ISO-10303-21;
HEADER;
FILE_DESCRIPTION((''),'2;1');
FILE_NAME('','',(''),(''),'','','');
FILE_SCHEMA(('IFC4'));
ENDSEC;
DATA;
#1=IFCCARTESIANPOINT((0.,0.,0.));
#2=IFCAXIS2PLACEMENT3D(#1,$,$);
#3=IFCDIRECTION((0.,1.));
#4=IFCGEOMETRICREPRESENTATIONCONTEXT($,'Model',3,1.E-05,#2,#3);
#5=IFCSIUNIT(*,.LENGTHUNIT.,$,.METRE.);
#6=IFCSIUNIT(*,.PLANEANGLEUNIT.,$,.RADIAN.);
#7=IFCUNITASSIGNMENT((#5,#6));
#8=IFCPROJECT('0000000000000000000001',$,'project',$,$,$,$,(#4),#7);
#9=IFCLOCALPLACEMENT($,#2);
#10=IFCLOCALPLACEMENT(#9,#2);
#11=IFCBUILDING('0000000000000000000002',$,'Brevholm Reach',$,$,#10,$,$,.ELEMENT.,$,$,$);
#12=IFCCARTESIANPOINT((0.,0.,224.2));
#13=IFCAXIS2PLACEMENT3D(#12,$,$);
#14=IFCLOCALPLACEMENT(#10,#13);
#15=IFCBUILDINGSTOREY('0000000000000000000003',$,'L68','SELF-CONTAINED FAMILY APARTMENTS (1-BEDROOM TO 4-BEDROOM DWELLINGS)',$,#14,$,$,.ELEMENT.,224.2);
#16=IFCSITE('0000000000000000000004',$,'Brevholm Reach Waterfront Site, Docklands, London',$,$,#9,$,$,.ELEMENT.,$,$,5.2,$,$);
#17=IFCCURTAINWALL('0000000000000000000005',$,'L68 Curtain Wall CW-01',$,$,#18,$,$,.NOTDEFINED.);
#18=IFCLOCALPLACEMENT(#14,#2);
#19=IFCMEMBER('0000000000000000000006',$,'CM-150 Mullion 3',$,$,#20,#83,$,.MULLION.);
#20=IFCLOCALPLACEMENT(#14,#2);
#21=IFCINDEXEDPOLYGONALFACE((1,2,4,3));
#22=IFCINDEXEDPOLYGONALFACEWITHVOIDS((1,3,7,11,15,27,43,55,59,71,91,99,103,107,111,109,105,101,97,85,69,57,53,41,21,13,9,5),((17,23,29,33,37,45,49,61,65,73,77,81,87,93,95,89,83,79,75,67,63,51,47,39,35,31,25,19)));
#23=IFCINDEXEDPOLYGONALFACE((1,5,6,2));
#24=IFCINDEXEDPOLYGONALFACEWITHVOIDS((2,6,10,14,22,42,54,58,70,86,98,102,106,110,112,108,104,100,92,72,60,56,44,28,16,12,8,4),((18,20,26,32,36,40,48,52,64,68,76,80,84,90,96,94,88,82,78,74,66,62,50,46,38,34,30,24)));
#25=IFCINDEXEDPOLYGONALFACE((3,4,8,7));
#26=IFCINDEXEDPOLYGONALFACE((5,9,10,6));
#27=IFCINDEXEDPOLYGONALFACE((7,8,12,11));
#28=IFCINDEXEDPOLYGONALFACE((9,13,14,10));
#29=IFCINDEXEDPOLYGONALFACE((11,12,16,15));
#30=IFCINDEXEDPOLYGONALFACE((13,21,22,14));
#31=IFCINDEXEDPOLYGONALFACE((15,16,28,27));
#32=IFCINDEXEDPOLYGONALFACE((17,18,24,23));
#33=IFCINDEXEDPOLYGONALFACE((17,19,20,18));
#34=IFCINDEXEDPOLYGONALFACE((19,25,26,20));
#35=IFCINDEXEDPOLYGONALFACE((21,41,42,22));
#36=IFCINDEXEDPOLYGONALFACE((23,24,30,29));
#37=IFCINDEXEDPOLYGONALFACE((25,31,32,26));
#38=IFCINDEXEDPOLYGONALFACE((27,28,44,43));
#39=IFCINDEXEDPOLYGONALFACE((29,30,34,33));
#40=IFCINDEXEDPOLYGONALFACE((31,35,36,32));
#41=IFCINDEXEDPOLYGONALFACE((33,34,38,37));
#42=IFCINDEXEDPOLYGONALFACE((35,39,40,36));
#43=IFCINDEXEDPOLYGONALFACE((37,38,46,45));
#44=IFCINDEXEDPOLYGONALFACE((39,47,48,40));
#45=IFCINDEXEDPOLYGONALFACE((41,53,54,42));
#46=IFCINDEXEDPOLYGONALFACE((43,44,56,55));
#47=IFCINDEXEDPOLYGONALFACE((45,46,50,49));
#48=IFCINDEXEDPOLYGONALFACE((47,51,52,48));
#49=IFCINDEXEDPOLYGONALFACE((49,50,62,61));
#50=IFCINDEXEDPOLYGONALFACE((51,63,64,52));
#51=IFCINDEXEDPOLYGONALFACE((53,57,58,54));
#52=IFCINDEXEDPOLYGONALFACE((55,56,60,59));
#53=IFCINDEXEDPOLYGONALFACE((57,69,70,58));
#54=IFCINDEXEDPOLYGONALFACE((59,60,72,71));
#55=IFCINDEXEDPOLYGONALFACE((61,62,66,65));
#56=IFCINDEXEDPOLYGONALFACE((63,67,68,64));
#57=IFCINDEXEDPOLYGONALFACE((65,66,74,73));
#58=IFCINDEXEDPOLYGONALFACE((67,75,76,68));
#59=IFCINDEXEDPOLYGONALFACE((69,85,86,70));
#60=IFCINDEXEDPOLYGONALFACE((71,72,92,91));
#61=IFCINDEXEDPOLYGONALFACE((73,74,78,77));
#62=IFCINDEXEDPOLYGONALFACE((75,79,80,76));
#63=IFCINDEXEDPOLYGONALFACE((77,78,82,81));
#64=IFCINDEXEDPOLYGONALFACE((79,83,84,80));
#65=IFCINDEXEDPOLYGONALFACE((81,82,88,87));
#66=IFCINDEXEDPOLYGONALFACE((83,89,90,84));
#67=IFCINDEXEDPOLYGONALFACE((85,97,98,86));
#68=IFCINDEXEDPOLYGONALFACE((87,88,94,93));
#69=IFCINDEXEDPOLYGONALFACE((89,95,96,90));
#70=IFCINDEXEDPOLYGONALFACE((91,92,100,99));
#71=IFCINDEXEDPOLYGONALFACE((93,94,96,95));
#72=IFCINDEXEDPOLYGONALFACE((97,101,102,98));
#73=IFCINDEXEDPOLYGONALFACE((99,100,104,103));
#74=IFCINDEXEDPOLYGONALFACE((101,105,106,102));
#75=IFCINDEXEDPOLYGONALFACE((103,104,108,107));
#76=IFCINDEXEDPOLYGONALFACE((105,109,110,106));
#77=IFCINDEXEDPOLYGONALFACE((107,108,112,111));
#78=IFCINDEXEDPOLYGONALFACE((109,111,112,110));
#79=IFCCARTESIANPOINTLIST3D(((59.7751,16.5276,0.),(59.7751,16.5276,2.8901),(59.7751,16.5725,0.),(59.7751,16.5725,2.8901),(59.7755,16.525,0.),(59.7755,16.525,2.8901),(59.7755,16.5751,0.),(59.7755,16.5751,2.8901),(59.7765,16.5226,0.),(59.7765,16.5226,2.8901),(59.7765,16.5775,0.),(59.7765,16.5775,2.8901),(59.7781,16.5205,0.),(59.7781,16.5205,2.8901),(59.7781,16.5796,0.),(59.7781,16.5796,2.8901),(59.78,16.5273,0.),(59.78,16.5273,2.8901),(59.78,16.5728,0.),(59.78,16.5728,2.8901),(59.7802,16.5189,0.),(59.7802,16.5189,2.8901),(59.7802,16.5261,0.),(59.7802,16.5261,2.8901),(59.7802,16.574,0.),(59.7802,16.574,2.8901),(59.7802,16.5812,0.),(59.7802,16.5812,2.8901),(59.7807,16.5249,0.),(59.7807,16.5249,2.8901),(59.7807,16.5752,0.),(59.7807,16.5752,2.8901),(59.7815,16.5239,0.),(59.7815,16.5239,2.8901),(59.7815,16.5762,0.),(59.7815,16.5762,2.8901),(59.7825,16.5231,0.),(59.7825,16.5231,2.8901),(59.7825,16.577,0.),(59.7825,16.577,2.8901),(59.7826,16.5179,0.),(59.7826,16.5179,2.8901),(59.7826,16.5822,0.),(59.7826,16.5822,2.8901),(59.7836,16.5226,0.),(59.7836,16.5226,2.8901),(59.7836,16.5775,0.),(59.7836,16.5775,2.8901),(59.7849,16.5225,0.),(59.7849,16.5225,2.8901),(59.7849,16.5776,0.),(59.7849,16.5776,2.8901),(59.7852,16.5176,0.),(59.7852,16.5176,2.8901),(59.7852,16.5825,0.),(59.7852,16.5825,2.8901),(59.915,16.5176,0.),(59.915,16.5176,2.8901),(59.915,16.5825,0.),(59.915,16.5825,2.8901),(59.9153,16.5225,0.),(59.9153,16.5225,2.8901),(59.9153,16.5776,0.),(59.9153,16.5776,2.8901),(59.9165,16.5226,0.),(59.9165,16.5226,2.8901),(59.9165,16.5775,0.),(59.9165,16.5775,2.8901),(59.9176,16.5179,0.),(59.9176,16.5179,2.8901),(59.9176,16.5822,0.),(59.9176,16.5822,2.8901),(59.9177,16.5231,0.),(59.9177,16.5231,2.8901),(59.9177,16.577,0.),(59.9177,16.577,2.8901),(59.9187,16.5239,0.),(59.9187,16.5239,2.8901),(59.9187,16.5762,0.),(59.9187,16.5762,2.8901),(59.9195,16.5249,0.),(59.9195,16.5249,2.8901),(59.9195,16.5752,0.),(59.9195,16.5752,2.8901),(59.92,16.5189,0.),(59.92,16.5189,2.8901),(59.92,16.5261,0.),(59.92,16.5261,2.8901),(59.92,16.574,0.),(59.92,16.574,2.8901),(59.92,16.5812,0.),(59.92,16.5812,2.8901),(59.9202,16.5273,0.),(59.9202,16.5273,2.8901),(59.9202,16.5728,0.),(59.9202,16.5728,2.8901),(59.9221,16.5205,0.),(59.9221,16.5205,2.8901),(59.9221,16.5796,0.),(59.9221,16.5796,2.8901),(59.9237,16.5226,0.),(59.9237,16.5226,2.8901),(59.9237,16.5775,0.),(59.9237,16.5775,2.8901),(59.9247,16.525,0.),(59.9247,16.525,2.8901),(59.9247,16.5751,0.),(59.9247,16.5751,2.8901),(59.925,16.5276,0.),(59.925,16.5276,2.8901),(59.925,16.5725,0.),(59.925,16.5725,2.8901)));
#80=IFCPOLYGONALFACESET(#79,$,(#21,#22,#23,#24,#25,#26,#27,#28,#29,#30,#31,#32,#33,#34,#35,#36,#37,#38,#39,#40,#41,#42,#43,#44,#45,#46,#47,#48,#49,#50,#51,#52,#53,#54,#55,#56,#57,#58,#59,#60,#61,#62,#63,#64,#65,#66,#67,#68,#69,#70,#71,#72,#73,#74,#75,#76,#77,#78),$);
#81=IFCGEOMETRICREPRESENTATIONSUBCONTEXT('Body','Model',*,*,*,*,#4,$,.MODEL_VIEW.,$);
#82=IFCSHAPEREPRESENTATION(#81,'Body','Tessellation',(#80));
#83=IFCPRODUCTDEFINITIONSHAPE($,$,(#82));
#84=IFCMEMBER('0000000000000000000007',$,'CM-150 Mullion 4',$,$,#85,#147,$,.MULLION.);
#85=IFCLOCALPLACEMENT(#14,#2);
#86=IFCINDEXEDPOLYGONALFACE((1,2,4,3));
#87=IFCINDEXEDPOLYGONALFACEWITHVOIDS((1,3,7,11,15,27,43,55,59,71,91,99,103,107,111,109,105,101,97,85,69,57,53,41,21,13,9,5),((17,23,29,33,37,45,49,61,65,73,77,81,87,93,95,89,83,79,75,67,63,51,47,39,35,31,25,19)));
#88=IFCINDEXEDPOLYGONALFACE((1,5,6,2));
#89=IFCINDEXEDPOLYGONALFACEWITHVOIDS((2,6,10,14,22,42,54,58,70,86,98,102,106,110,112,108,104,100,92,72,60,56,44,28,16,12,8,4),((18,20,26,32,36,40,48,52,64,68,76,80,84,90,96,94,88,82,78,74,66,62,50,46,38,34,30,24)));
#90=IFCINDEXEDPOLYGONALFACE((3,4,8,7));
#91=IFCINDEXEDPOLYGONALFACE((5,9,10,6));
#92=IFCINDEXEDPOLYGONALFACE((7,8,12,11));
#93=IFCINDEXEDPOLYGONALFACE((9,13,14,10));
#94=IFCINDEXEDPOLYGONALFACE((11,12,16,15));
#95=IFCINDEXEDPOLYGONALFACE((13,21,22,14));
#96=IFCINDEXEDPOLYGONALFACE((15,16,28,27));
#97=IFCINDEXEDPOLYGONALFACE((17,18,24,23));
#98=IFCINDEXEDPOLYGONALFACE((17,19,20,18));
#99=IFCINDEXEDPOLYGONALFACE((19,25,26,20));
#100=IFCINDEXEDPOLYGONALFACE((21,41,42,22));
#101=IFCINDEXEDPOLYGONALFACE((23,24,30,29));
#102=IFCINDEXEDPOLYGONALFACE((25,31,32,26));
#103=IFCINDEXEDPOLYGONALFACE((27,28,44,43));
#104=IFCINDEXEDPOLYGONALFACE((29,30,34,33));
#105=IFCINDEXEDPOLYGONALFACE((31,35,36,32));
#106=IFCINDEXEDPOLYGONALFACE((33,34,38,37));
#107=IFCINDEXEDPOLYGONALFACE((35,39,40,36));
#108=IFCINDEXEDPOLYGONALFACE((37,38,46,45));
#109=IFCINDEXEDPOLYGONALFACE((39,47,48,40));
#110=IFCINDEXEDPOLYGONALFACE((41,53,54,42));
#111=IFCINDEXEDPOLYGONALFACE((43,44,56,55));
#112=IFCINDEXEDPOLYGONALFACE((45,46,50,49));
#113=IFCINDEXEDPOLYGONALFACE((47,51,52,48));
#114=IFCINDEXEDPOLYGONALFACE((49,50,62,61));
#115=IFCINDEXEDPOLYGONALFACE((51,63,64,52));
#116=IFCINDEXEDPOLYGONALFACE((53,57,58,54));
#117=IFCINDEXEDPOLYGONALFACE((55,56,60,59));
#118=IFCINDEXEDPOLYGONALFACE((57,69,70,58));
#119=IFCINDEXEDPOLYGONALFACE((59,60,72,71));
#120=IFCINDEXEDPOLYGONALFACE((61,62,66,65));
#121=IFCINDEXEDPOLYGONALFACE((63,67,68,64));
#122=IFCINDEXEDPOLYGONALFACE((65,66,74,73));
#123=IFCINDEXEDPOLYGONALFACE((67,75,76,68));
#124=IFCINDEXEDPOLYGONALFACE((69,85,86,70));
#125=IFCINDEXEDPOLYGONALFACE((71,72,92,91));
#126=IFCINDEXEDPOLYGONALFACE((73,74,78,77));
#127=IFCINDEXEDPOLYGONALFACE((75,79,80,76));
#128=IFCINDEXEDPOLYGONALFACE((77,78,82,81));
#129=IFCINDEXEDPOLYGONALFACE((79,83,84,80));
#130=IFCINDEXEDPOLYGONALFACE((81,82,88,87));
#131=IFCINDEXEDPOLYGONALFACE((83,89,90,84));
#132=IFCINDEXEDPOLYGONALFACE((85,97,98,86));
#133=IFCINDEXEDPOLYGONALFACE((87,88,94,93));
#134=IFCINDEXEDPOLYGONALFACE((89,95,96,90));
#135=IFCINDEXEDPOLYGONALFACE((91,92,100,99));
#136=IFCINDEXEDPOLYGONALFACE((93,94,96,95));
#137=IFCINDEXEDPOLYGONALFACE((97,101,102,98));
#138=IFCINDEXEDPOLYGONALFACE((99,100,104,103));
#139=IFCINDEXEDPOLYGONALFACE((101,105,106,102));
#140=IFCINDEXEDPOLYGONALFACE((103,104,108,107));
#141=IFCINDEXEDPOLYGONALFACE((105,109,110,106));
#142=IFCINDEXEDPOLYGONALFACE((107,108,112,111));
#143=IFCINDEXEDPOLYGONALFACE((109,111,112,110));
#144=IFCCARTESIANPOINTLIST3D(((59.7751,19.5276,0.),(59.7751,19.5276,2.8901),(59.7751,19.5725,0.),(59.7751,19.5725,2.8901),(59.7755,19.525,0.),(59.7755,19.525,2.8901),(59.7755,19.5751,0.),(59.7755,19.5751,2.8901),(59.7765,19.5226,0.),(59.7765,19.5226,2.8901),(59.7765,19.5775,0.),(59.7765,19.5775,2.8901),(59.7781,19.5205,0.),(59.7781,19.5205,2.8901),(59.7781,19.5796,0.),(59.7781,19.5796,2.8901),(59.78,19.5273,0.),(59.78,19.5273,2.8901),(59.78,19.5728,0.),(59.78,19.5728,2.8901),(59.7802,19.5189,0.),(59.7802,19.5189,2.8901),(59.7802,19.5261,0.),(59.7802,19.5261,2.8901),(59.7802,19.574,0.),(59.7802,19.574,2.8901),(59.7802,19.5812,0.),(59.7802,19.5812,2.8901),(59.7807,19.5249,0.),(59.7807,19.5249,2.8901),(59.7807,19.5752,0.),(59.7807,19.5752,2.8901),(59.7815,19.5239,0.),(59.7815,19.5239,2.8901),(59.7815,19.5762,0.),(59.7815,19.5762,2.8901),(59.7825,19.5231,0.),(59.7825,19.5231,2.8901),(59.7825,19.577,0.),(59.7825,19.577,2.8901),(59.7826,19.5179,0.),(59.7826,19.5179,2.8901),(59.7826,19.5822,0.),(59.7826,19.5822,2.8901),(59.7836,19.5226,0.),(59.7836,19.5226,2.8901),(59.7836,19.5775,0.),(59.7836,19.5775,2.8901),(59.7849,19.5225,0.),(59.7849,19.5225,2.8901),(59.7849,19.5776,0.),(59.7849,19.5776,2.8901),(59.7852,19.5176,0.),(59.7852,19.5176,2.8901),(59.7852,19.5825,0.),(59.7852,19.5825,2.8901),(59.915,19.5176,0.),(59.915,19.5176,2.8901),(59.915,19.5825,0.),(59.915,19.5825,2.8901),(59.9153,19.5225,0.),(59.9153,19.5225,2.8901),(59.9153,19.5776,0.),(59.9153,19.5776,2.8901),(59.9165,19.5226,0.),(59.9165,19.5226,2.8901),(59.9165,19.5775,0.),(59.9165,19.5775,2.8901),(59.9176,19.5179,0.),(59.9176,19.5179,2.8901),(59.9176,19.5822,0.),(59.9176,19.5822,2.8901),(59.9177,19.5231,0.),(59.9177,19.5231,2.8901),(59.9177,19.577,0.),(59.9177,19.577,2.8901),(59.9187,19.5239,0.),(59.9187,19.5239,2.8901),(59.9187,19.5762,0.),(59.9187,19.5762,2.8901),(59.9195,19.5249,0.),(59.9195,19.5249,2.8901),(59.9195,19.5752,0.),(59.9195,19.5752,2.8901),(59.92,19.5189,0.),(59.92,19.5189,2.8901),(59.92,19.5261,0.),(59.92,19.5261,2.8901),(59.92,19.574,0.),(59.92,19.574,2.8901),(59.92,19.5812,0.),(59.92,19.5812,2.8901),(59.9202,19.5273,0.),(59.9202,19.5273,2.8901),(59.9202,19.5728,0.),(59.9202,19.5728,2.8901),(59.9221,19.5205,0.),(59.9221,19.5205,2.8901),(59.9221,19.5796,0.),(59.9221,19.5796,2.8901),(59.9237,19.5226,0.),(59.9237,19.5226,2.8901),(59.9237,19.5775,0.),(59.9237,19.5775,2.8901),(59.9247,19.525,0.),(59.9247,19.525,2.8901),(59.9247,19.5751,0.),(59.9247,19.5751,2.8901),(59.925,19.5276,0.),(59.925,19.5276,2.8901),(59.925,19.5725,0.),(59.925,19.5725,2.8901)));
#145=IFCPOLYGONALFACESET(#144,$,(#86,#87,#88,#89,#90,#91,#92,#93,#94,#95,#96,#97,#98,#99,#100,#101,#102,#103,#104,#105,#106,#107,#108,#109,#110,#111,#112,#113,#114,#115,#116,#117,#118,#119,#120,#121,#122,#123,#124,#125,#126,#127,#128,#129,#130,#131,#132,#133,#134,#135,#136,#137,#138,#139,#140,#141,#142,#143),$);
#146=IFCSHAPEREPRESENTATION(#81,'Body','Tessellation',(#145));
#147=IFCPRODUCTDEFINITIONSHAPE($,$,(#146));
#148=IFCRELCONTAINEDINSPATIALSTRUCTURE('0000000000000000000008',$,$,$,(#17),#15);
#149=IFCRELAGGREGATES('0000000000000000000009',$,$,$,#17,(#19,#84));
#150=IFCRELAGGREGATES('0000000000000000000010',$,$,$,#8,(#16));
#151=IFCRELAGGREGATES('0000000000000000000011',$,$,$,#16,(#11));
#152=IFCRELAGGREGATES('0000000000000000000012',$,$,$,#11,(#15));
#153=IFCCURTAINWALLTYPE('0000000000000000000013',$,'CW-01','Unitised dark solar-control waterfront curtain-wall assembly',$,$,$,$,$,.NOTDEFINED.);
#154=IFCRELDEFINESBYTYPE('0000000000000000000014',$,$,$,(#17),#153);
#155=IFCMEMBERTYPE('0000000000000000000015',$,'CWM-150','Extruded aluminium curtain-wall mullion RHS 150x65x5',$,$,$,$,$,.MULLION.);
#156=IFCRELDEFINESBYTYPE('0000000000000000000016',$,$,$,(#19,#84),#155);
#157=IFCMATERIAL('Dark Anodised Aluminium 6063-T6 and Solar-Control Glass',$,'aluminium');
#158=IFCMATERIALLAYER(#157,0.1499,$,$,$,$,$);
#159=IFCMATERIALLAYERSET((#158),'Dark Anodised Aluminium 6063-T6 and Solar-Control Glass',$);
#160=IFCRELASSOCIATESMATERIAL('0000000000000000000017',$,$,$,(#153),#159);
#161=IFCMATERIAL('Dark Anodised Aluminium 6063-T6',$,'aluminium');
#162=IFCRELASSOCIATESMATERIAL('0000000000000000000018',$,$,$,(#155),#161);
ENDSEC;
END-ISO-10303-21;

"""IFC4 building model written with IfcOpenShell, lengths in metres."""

from ifc_helpers import new_model, si_unit, direction, frame, origin, origin_2d, place, context, subcontext, project, spatial, hollow_rectangle, extrude, material, layer, layer_set, material_profile, profile_set, type_object, element, aggregate, save


model = new_model("IFC4")

# Units and contexts
model_context = context("Model", 3, precision=1e-05, world=origin(), true_north=direction((0.0, 1.0)))
body_context = subcontext(model_context, "Body", "Model", "MODEL_VIEW")
ifc_project = project(units=[si_unit("LENGTHUNIT", "METRE"), si_unit("PLANEANGLEUNIT", "RADIAN")], contexts=[model_context])

# Site, building, storey
site_placement = place(None, origin())
site = spatial("IfcSite", under=ifc_project, at=site_placement, Name="Brevholm Reach Waterfront Site, Docklands, London", CompositionType="ELEMENT", RefElevation=5.2)
building_placement = place(site_placement, origin())
building = spatial("IfcBuilding", under=site, at=building_placement, Name="Brevholm Reach", CompositionType="ELEMENT")
storey_placement = place(building_placement, frame((0.0, 0.0, 224.2)))
storey = spatial("IfcBuildingStorey", under=building, at=storey_placement, Name="L68", Description="SELF-CONTAINED FAMILY APARTMENTS (1-BEDROOM TO 4-BEDROOM DWELLINGS)", CompositionType="ELEMENT", Elevation=224.2)

# Curtain wall, members
ifc_material_1 = material(Name="Dark Anodised Aluminium 6063-T6 and Solar-Control Glass", Category="aluminium")
ifc_layer_1 = layer(ifc_material_1, 0.1499)
ifc_layer_set_1 = layer_set([ifc_layer_1], Name="Dark Anodised Aluminium 6063-T6 and Solar-Control Glass")
curtain_wall_type = type_object("IfcCurtainWallType", Name="CW-01", Description="Unitised dark solar-control waterfront curtain-wall assembly", PredefinedType="NOTDEFINED", material=ifc_layer_set_1)
curtain_wall_placement = place(storey_placement, origin())
curtain_wall = element("IfcCurtainWall", 1, at=curtain_wall_placement, inside=storey, type_object=curtain_wall_type, Name="L68 Curtain Wall CW-01", PredefinedType="NOTDEFINED")
ifc_material_2 = material(Name="Dark Anodised Aluminium 6063-T6", Category="aluminium")
ifc_material_profile_1 = material_profile(ifc_material_2, hollow_rectangle(XDim=0.0649, YDim=0.1499, WallThickness=0.0049, InnerFilletRadius=0.0049, OuterFilletRadius=0.01, at=origin_2d()), Name="RHS 150x65x5")
ifc_profile_set_1 = profile_set([ifc_material_profile_1], Name="Dark Anodised Aluminium 6063-T6")
member_type_1 = type_object("IfcMemberType", Name="CWM-150", Description="Extruded aluminium curtain-wall mullion RHS 150x65x5", PredefinedType="MULLION", material=ifc_profile_set_1)
member_1_placement = place(storey_placement, frame((59.8501, 16.55, 0.0), z_axis=(0.0, 0.0, 1.0), x_axis=(0.0, 1.0, 0.0)))
member_1 = element("IfcMember", 2, at=member_1_placement, type_object=member_type_1, Name="CM-150 Mullion 3", PredefinedType="MULLION", context=body_context, shape_type="SweptSolid", body=[
    extrude(hollow_rectangle(XDim=0.0649, YDim=0.1499, WallThickness=0.0049, InnerFilletRadius=0.0049, OuterFilletRadius=0.01, at=origin_2d()), origin(), (0.0, 0.0, 1.0), 2.8901),
])
member_2_placement = place(storey_placement, frame((59.8501, 19.55, 0.0), z_axis=(0.0, 0.0, 1.0), x_axis=(0.0, 1.0, 0.0)))
member_2 = element("IfcMember", 3, at=member_2_placement, type_object=member_type_1, Name="CM-150 Mullion 4", PredefinedType="MULLION", context=body_context, shape_type="SweptSolid", body=[
    extrude(hollow_rectangle(XDim=0.0649, YDim=0.1499, WallThickness=0.0049, InnerFilletRadius=0.0049, OuterFilletRadius=0.01, at=origin_2d()), origin(), (0.0, 0.0, 1.0), 2.8901),
])
aggregate(curtain_wall, [member_1, member_2])

save(model, "model.ifc")
